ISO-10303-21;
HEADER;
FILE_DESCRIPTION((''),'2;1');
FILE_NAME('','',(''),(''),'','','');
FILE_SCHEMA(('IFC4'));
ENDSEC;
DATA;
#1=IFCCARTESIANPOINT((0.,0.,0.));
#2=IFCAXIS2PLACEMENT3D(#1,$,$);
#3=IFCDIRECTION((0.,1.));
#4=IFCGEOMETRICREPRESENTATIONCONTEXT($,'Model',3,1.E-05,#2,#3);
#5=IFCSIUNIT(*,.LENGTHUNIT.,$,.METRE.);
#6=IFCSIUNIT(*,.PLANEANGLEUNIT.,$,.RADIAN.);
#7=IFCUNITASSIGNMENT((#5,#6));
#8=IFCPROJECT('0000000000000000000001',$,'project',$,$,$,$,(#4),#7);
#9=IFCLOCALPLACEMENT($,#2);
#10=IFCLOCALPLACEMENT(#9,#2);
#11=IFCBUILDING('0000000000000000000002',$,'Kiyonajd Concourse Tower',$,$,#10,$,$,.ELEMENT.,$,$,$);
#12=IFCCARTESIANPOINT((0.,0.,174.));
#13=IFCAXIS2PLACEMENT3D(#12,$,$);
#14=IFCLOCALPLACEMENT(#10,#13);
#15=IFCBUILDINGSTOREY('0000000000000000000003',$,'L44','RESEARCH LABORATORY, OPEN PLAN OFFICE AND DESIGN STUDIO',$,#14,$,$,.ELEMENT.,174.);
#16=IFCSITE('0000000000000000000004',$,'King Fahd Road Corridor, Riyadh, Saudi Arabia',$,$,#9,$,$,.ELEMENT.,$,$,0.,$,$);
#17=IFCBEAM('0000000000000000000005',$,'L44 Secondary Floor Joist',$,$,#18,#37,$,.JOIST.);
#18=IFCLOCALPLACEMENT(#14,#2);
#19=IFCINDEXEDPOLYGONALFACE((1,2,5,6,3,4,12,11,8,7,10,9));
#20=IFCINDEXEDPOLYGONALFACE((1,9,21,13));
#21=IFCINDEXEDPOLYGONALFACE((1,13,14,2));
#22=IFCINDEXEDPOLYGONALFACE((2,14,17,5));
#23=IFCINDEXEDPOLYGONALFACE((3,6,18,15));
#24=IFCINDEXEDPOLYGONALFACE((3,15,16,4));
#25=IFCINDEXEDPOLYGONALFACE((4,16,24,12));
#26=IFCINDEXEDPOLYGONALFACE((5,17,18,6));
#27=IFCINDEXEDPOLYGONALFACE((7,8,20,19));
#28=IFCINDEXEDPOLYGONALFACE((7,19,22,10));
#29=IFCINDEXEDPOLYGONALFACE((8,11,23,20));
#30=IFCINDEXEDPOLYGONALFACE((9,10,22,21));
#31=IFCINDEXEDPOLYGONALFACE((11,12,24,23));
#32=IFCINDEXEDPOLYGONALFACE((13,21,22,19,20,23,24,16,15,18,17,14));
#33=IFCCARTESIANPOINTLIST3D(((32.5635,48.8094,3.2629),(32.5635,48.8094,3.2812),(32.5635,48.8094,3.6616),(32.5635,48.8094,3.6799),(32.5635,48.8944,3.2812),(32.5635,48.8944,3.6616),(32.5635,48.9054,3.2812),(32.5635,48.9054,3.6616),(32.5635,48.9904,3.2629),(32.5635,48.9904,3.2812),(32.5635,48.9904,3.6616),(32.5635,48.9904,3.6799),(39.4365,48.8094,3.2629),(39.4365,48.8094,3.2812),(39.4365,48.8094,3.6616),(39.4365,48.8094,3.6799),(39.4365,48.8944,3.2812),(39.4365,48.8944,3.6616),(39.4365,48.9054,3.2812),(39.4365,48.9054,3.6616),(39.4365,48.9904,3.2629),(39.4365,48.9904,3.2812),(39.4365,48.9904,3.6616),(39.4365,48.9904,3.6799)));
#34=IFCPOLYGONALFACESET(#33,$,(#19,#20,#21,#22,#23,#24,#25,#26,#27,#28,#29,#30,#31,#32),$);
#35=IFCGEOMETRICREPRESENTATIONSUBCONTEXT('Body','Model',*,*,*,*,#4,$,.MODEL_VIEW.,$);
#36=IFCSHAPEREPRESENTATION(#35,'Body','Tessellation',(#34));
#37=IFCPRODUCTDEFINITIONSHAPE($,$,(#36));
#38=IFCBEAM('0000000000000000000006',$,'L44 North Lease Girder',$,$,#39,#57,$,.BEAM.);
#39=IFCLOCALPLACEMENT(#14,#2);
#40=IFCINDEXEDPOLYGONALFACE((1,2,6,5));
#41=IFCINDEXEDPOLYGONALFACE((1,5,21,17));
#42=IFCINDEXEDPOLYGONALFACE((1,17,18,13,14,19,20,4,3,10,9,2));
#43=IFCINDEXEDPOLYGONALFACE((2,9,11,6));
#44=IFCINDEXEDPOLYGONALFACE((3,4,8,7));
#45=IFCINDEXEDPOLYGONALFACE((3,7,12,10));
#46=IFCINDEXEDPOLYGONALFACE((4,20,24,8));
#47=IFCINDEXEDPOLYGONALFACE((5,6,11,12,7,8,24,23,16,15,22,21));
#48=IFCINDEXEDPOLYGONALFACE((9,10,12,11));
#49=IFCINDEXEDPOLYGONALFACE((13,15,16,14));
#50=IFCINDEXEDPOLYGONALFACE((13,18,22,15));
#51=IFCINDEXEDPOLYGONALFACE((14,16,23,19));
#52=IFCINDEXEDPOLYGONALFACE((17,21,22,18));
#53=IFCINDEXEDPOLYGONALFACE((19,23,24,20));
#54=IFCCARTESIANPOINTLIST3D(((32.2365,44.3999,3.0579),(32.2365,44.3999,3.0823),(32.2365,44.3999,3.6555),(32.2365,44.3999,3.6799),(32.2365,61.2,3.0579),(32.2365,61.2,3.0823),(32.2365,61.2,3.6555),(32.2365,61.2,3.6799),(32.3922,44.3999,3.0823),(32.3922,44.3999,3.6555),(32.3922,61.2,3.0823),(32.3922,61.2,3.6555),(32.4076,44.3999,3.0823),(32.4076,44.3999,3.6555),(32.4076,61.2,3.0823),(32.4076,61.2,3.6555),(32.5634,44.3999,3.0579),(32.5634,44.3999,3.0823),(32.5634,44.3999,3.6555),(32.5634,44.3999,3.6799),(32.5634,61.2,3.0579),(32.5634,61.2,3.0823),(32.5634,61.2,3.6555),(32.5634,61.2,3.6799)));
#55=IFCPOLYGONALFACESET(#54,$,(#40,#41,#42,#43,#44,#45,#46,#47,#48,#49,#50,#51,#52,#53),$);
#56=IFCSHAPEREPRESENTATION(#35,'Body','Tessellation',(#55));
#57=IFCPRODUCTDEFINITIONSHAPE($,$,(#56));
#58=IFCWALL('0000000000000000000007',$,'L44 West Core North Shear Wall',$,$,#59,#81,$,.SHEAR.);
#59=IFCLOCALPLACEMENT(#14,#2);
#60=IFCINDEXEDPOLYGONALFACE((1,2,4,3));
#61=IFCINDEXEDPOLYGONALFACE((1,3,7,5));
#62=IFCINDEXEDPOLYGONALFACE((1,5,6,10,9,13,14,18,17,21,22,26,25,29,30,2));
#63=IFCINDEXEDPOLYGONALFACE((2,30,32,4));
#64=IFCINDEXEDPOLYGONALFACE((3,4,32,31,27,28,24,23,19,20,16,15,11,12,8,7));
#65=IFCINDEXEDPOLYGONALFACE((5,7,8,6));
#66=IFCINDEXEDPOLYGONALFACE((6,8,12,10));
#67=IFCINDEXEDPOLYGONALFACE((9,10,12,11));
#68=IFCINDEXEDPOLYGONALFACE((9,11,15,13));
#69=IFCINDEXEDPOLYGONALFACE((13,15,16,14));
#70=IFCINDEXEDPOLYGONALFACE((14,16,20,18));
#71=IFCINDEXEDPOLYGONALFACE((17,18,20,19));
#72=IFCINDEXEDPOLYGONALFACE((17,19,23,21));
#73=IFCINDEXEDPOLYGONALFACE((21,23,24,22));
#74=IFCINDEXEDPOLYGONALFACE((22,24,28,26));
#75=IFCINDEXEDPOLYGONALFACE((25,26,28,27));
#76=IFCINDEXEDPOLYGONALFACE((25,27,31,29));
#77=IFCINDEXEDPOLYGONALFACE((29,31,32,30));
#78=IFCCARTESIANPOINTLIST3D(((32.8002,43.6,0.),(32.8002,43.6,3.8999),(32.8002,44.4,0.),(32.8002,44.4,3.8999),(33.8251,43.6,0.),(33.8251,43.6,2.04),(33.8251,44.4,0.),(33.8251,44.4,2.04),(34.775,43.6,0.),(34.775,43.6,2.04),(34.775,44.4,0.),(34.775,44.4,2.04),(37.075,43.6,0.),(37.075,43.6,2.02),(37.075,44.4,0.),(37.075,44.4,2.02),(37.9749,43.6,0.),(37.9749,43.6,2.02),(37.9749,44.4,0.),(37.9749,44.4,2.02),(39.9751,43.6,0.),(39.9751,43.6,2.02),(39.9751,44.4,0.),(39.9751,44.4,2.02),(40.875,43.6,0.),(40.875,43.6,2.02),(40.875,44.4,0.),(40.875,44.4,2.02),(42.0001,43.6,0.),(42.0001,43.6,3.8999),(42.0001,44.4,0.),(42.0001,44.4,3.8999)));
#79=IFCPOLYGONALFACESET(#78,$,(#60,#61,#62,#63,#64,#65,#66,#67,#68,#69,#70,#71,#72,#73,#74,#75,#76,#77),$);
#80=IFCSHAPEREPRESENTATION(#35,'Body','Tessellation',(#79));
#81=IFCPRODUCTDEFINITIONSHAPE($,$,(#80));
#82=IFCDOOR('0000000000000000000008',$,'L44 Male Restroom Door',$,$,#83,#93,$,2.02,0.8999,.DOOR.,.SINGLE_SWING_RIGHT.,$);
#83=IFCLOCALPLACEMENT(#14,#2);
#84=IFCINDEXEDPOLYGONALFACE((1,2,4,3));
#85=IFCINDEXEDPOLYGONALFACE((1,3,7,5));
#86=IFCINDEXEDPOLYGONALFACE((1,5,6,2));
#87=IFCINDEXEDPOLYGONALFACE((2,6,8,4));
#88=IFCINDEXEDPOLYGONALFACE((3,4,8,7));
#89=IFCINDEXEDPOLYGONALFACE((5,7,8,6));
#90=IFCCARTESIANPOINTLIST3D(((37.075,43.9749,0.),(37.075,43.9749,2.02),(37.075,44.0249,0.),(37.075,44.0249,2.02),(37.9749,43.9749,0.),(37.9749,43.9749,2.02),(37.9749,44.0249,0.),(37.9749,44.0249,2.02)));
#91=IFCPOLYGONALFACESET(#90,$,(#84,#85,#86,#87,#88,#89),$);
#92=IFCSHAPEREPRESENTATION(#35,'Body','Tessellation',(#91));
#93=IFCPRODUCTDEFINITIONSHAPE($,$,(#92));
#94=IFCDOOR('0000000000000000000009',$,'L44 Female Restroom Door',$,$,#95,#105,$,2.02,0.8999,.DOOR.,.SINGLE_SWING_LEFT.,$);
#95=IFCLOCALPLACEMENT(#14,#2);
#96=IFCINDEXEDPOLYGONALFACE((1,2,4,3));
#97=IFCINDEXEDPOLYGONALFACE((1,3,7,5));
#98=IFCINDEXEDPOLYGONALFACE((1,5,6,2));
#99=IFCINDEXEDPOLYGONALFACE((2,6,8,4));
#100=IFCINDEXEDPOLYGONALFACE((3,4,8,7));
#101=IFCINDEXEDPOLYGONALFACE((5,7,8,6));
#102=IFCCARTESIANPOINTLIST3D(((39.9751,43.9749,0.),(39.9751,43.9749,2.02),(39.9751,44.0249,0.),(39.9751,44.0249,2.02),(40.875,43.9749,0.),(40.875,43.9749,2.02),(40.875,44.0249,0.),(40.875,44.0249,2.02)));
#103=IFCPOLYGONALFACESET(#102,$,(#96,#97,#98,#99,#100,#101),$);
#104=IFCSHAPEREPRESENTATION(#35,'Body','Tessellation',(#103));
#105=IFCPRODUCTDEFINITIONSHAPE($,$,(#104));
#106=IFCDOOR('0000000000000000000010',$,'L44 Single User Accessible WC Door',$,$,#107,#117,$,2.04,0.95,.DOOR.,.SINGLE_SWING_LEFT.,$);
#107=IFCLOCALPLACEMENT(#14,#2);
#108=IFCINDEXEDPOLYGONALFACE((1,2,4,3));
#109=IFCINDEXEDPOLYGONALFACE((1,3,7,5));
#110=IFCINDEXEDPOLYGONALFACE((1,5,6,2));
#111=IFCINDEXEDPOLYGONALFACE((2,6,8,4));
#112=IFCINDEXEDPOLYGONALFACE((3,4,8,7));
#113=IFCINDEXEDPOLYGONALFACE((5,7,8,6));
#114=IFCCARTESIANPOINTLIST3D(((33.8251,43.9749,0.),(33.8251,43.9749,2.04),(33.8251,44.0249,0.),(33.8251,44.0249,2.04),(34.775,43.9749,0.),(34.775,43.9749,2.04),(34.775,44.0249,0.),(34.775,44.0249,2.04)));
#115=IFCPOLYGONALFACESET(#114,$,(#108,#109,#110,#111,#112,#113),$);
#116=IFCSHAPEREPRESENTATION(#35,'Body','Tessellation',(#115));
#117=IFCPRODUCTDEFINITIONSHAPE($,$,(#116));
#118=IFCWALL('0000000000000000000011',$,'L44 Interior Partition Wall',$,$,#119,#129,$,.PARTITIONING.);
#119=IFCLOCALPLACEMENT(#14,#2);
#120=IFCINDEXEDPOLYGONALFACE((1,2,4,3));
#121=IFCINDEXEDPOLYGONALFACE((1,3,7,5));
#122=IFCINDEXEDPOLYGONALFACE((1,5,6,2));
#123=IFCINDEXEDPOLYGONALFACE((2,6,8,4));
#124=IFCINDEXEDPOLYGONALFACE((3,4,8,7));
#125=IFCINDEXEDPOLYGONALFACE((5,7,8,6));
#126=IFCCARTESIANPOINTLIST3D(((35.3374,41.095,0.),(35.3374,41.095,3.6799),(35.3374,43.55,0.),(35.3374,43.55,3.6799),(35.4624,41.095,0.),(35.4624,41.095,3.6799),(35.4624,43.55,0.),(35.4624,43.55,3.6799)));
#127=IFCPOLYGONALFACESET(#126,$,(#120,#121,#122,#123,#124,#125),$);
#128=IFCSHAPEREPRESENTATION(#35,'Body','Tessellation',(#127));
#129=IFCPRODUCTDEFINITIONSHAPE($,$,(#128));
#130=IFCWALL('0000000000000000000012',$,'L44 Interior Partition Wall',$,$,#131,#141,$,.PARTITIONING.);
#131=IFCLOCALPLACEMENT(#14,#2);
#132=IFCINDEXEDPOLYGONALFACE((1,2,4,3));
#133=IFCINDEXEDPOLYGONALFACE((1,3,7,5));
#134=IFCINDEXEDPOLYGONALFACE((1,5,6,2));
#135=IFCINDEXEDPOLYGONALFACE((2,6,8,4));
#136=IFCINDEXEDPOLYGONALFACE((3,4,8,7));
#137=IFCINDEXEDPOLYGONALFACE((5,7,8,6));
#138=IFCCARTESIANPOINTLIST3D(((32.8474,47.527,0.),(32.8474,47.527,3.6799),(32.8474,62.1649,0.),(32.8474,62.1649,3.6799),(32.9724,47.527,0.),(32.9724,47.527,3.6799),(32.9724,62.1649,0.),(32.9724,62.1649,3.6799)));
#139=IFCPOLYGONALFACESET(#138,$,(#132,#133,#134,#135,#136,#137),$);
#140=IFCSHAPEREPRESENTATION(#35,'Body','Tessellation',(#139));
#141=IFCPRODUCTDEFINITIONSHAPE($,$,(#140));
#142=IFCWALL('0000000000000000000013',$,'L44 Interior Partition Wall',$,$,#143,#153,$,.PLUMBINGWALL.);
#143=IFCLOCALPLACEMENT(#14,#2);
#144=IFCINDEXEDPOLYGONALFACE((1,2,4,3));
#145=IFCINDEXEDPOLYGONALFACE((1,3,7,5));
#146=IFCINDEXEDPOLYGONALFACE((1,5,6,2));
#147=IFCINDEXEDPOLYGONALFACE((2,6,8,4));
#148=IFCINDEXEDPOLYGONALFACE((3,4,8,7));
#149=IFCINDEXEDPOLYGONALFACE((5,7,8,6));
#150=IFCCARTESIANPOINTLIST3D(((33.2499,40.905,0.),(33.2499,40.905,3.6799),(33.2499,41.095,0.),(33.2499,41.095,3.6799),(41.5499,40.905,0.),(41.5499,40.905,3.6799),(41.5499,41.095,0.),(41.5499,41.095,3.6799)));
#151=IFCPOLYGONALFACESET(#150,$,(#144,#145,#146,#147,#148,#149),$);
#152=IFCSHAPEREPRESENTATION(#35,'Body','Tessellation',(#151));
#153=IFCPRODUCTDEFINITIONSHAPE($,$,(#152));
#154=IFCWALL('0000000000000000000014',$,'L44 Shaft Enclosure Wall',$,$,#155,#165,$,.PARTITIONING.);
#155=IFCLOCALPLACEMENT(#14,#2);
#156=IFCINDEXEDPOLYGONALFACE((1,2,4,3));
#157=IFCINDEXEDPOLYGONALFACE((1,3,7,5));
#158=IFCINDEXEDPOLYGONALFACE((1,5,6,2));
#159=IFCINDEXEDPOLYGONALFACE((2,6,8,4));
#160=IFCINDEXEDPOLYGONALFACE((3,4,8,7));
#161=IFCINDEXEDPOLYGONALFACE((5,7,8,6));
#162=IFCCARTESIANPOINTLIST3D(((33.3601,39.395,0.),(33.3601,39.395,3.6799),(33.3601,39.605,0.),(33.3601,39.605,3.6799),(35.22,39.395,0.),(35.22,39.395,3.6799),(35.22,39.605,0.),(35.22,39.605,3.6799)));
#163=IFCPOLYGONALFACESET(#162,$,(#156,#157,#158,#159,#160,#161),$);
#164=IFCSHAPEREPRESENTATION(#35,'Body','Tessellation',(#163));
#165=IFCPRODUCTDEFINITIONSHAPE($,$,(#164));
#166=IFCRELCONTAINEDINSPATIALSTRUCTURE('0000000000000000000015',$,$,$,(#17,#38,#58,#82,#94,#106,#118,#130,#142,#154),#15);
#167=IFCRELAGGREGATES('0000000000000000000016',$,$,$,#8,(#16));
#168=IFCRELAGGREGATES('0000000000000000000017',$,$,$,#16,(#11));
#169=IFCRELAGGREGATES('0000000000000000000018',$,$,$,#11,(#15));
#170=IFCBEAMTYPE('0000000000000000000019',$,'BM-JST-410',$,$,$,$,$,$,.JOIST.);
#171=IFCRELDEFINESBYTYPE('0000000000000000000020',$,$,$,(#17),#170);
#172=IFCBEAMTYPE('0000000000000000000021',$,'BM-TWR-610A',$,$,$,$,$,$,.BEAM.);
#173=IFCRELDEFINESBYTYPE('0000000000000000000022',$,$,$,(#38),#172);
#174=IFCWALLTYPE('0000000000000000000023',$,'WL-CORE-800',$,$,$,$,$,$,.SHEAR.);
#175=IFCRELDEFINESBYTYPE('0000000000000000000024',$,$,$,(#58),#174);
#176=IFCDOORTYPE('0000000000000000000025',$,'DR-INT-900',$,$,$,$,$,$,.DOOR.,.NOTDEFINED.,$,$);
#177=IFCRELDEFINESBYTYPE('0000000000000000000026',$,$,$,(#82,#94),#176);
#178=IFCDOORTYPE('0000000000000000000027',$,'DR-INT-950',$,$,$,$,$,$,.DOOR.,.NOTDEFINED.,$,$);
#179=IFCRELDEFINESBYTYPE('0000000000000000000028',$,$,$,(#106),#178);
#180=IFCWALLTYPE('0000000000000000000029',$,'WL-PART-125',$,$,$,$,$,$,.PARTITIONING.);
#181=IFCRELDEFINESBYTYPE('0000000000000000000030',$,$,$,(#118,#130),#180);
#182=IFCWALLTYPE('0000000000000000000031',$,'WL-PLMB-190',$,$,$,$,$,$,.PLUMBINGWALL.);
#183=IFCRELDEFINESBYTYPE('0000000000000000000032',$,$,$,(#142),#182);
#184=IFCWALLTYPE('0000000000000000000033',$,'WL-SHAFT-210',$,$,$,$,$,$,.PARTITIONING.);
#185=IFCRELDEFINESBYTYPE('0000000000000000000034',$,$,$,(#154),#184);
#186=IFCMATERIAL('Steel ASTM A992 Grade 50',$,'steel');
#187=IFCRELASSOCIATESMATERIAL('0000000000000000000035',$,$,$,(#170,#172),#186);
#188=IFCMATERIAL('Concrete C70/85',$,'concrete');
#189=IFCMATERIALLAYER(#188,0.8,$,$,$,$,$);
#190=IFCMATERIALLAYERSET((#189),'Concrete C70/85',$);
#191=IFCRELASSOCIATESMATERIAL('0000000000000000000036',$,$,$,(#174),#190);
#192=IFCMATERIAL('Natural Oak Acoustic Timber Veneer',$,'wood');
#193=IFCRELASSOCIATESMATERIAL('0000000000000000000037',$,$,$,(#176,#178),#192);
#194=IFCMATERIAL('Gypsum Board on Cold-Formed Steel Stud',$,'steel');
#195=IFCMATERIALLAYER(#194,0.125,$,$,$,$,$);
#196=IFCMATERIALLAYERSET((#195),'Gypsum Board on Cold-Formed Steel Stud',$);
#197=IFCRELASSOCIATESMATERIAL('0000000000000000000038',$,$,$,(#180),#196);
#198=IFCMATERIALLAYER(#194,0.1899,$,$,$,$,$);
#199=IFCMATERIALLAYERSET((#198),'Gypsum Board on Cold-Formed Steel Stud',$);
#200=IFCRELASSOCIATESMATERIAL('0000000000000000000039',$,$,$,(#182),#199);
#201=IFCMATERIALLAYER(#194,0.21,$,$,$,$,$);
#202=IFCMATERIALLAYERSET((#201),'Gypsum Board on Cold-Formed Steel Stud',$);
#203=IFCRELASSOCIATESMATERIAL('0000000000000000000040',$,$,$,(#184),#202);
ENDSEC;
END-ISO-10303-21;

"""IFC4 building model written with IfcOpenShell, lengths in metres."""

from ifc_helpers import new_model, si_unit, direction, frame, frame_2d, origin, origin_2d, place, context, subcontext, project, spatial, rectangle, i_section, extrude, material, layer, layer_set, material_profile, profile_set, type_object, element, fill, save


model = new_model("IFC4")

# Units and contexts
model_context = context("Model", 3, precision=1e-05, world=origin(), true_north=direction((0.0, 1.0)))
body_context = subcontext(model_context, "Body", "Model", "MODEL_VIEW")
ifc_project = project(units=[si_unit("LENGTHUNIT", "METRE"), si_unit("PLANEANGLEUNIT", "RADIAN")], contexts=[model_context])

# Site, building, storey
site_placement = place(None, origin())
site = spatial("IfcSite", under=ifc_project, at=site_placement, Name="King Fahd Road Corridor, Riyadh, Saudi Arabia", CompositionType="ELEMENT", RefElevation=0.0)
building_placement = place(site_placement, origin())
building = spatial("IfcBuilding", under=site, at=building_placement, Name="Kiyonajd Concourse Tower", CompositionType="ELEMENT")
storey_placement = place(building_placement, frame((0.0, 0.0, 174.0)))
storey = spatial("IfcBuildingStorey", under=building, at=storey_placement, Name="L44", Description="RESEARCH LABORATORY, OPEN PLAN OFFICE AND DESIGN STUDIO", CompositionType="ELEMENT", Elevation=174.0)

# Beams
ifc_material_1 = material(Name="Steel ASTM A992 Grade 50", Category="steel")
ifc_material_profile_1 = material_profile(ifc_material_1, i_section(OverallWidth=0.1809, OverallDepth=0.417, WebThickness=0.011, FlangeThickness=0.0183, at=origin_2d()), Name="W410X85")
ifc_profile_set_1 = profile_set([ifc_material_profile_1], Name="Steel ASTM A992 Grade 50")
beam_type_1 = type_object("IfcBeamType", Name="BM-JST-410", PredefinedType="JOIST", material=ifc_profile_set_1)
beam_1_placement = place(storey_placement, frame((32.5635, 48.8999, 3.4714), z_axis=(1.0, 0.0, 0.0), x_axis=(0.0, 1.0, 0.0)))
element("IfcBeam", 1, at=beam_1_placement, inside=storey, type_object=beam_type_1, Name="L44 Secondary Floor Joist", PredefinedType="JOIST", context=body_context, shape_type="SweptSolid", body=[
    extrude(i_section(OverallWidth=0.1809, OverallDepth=0.417, WebThickness=0.011, FlangeThickness=0.0183, at=origin_2d()), origin(), (0.0, 0.0, 1.0), 6.873),
])
ifc_material_profile_2 = material_profile(ifc_material_1, i_section(OverallWidth=0.3269, OverallDepth=0.6221, WebThickness=0.0154, FlangeThickness=0.0244, at=origin_2d()), Name="W610X195")
ifc_profile_set_2 = profile_set([ifc_material_profile_2], Name="Steel ASTM A992 Grade 50")
beam_type_2 = type_object("IfcBeamType", Name="BM-TWR-610A", PredefinedType="BEAM", material=ifc_profile_set_2)
beam_2_placement = place(storey_placement, frame((32.3999, 44.3999, 3.3689), z_axis=(0.0, 1.0, 0.0), x_axis=(-1.0, 0.0, 0.0)))
element("IfcBeam", 2, at=beam_2_placement, inside=storey, type_object=beam_type_2, Name="L44 North Lease Girder", PredefinedType="BEAM", context=body_context, shape_type="SweptSolid", body=[
    extrude(i_section(OverallWidth=0.3269, OverallDepth=0.6221, WebThickness=0.0154, FlangeThickness=0.0244, at=origin_2d()), origin(), (0.0, 0.0, 1.0), 16.8),
])

# Wall, openings, doors
ifc_material_2 = material(Name="Concrete C70/85", Category="concrete")
ifc_layer_1 = layer(ifc_material_2, 0.8)
ifc_layer_set_1 = layer_set([ifc_layer_1], Name="Concrete C70/85")
wall_type_1 = type_object("IfcWallType", Name="WL-CORE-800", PredefinedType="SHEAR", material=ifc_layer_set_1)
wall_1_placement = place(storey_placement, frame((32.8, 44.0, 0.0), z_axis=(0.0, 0.0, 1.0), x_axis=(1.0, 0.0, 0.0)))
wall_1 = element("IfcWall", 3, at=wall_1_placement, inside=storey, type_object=wall_type_1, Name="L44 West Core North Shear Wall", PredefinedType="SHEAR", context=body_context, shape_type="SweptSolid", body=[
    extrude(rectangle(XDim=9.2, YDim=0.8, at=frame_2d((4.6001, 0.0))), origin(), (0.0, 0.0, 1.0), 3.8999),
])
opening_1_placement = place(wall_1_placement, frame((1.0249, 0.0, 0.0)))
opening_1 = element("IfcOpeningElement", 4, at=opening_1_placement, cuts=wall_1, PredefinedType="OPENING", context=body_context, shape_type="SweptSolid", body=[
    extrude(rectangle(XDim=0.95, YDim=2.04, at=frame_2d((0.4751, 1.02))), frame((0.0, 0.4099, 0.0), z_axis=(0.0, -1.0, 0.0), x_axis=(1.0, 0.0, 0.0)), (0.0, 0.0, 1.0), 0.8201),
])
opening_2_placement = place(wall_1_placement, frame((4.2749, 0.0, 0.0)))
opening_2 = element("IfcOpeningElement", 5, at=opening_2_placement, cuts=wall_1, PredefinedType="OPENING", context=body_context, shape_type="SweptSolid", body=[
    extrude(rectangle(XDim=0.8999, YDim=2.02, at=frame_2d((0.45, 1.01))), frame((0.0, 0.4099, 0.0), z_axis=(0.0, -1.0, 0.0), x_axis=(1.0, 0.0, 0.0)), (0.0, 0.0, 1.0), 0.8201),
])
opening_3_placement = place(wall_1_placement, frame((7.175, 0.0, 0.0)))
opening_3 = element("IfcOpeningElement", 6, at=opening_3_placement, cuts=wall_1, PredefinedType="OPENING", context=body_context, shape_type="SweptSolid", body=[
    extrude(rectangle(XDim=0.8999, YDim=2.02, at=frame_2d((0.45, 1.01))), frame((0.0, 0.4099, 0.0), z_axis=(0.0, -1.0, 0.0), x_axis=(1.0, 0.0, 0.0)), (0.0, 0.0, 1.0), 0.8201),
])
ifc_material_3 = material(Name="Natural Oak Acoustic Timber Veneer", Category="wood")
door_type_1 = type_object("IfcDoorType", Name="DR-INT-900", OperationType="NOTDEFINED", PredefinedType="DOOR", material=ifc_material_3)
door_1_placement = place(opening_2_placement, origin())
door_1 = element("IfcDoor", 7, at=door_1_placement, inside=storey, type_object=door_type_1, Name="L44 Male Restroom Door", OperationType="SINGLE_SWING_RIGHT", OverallHeight=2.02, OverallWidth=0.8999, PredefinedType="DOOR", context=body_context, shape_type="SweptSolid", body=[
    extrude(rectangle(XDim=0.8999, YDim=2.02, at=frame_2d((0.45, 1.01))), frame((0.0, 0.0249, 0.0), z_axis=(0.0, -1.0, 0.0), x_axis=(1.0, 0.0, 0.0)), (0.0, 0.0, 1.0), 0.05),
])
fill(opening_2, door_1)
door_2_placement = place(opening_3_placement, origin())
door_2 = element("IfcDoor", 8, at=door_2_placement, inside=storey, type_object=door_type_1, Name="L44 Female Restroom Door", OperationType="SINGLE_SWING_LEFT", OverallHeight=2.02, OverallWidth=0.8999, PredefinedType="DOOR", context=body_context, shape_type="SweptSolid", body=[
    extrude(rectangle(XDim=0.8999, YDim=2.02, at=frame_2d((0.45, 1.01))), frame((0.0, 0.0249, 0.0), z_axis=(0.0, -1.0, 0.0), x_axis=(1.0, 0.0, 0.0)), (0.0, 0.0, 1.0), 0.05),
])
fill(opening_3, door_2)
door_type_2 = type_object("IfcDoorType", Name="DR-INT-950", OperationType="NOTDEFINED", PredefinedType="DOOR", material=ifc_material_3)
door_3_placement = place(opening_1_placement, origin())
door_3 = element("IfcDoor", 9, at=door_3_placement, inside=storey, type_object=door_type_2, Name="L44 Single User Accessible WC Door", OperationType="SINGLE_SWING_LEFT", OverallHeight=2.04, OverallWidth=0.95, PredefinedType="DOOR", context=body_context, shape_type="SweptSolid", body=[
    extrude(rectangle(XDim=0.95, YDim=2.04, at=frame_2d((0.4751, 1.02))), frame((0.0, 0.0249, 0.0), z_axis=(0.0, -1.0, 0.0), x_axis=(1.0, 0.0, 0.0)), (0.0, 0.0, 1.0), 0.05),
])
fill(opening_1, door_3)

# Walls
ifc_material_4 = material(Name="Gypsum Board on Cold-Formed Steel Stud", Category="steel")
ifc_layer_2 = layer(ifc_material_4, 0.125)
ifc_layer_set_2 = layer_set([ifc_layer_2], Name="Gypsum Board on Cold-Formed Steel Stud")
wall_type_2 = type_object("IfcWallType", Name="WL-PART-125", PredefinedType="PARTITIONING", material=ifc_layer_set_2)
wall_2_placement = place(storey_placement, frame((35.3999, 41.095, 0.0), z_axis=(0.0, 0.0, 1.0), x_axis=(0.0, 1.0, 0.0)))
element("IfcWall", 10, at=wall_2_placement, inside=storey, type_object=wall_type_2, Name="L44 Interior Partition Wall", PredefinedType="PARTITIONING", context=body_context, shape_type="SweptSolid", body=[
    extrude(rectangle(XDim=2.4551, YDim=0.125, at=frame_2d((1.2275, 0.0))), origin(), (0.0, 0.0, 1.0), 3.6799),
])
wall_3_placement = place(storey_placement, frame((32.9099, 47.5271, 0.0), z_axis=(0.0, 0.0, 1.0), x_axis=(0.0, 1.0, 0.0)))
element("IfcWall", 11, at=wall_3_placement, inside=storey, type_object=wall_type_2, Name="L44 Interior Partition Wall", PredefinedType="PARTITIONING", context=body_context, shape_type="SweptSolid", body=[
    extrude(rectangle(XDim=14.6379, YDim=0.125, at=frame_2d((7.3188, 0.0))), origin(), (0.0, 0.0, 1.0), 3.6799),
])
ifc_layer_3 = layer(ifc_material_4, 0.1899)
ifc_layer_set_3 = layer_set([ifc_layer_3], Name="Gypsum Board on Cold-Formed Steel Stud")
wall_type_3 = type_object("IfcWallType", Name="WL-PLMB-190", PredefinedType="PLUMBINGWALL", material=ifc_layer_set_3)
wall_4_placement = place(storey_placement, frame((33.25, 41.0, 0.0), z_axis=(0.0, 0.0, 1.0), x_axis=(1.0, 0.0, 0.0)))
element("IfcWall", 12, at=wall_4_placement, inside=storey, type_object=wall_type_3, Name="L44 Interior Partition Wall", PredefinedType="PLUMBINGWALL", context=body_context, shape_type="SweptSolid", body=[
    extrude(rectangle(XDim=8.3, YDim=0.1899, at=frame_2d((4.1499, 0.0))), origin(), (0.0, 0.0, 1.0), 3.6799),
])
ifc_layer_4 = layer(ifc_material_4, 0.21)
ifc_layer_set_4 = layer_set([ifc_layer_4], Name="Gypsum Board on Cold-Formed Steel Stud")
wall_type_4 = type_object("IfcWallType", Name="WL-SHAFT-210", PredefinedType="PARTITIONING", material=ifc_layer_set_4)
wall_5_placement = place(storey_placement, frame((33.3601, 39.5, 0.0), z_axis=(0.0, 0.0, 1.0), x_axis=(1.0, 0.0, 0.0)))
element("IfcWall", 13, at=wall_5_placement, inside=storey, type_object=wall_type_4, Name="L44 Shaft Enclosure Wall", PredefinedType="PARTITIONING", context=body_context, shape_type="SweptSolid", body=[
    extrude(rectangle(XDim=1.8599, YDim=0.21, at=frame_2d((0.9299, 0.0))), origin(), (0.0, 0.0, 1.0), 3.6799),
])

save(model, "model.ifc")
